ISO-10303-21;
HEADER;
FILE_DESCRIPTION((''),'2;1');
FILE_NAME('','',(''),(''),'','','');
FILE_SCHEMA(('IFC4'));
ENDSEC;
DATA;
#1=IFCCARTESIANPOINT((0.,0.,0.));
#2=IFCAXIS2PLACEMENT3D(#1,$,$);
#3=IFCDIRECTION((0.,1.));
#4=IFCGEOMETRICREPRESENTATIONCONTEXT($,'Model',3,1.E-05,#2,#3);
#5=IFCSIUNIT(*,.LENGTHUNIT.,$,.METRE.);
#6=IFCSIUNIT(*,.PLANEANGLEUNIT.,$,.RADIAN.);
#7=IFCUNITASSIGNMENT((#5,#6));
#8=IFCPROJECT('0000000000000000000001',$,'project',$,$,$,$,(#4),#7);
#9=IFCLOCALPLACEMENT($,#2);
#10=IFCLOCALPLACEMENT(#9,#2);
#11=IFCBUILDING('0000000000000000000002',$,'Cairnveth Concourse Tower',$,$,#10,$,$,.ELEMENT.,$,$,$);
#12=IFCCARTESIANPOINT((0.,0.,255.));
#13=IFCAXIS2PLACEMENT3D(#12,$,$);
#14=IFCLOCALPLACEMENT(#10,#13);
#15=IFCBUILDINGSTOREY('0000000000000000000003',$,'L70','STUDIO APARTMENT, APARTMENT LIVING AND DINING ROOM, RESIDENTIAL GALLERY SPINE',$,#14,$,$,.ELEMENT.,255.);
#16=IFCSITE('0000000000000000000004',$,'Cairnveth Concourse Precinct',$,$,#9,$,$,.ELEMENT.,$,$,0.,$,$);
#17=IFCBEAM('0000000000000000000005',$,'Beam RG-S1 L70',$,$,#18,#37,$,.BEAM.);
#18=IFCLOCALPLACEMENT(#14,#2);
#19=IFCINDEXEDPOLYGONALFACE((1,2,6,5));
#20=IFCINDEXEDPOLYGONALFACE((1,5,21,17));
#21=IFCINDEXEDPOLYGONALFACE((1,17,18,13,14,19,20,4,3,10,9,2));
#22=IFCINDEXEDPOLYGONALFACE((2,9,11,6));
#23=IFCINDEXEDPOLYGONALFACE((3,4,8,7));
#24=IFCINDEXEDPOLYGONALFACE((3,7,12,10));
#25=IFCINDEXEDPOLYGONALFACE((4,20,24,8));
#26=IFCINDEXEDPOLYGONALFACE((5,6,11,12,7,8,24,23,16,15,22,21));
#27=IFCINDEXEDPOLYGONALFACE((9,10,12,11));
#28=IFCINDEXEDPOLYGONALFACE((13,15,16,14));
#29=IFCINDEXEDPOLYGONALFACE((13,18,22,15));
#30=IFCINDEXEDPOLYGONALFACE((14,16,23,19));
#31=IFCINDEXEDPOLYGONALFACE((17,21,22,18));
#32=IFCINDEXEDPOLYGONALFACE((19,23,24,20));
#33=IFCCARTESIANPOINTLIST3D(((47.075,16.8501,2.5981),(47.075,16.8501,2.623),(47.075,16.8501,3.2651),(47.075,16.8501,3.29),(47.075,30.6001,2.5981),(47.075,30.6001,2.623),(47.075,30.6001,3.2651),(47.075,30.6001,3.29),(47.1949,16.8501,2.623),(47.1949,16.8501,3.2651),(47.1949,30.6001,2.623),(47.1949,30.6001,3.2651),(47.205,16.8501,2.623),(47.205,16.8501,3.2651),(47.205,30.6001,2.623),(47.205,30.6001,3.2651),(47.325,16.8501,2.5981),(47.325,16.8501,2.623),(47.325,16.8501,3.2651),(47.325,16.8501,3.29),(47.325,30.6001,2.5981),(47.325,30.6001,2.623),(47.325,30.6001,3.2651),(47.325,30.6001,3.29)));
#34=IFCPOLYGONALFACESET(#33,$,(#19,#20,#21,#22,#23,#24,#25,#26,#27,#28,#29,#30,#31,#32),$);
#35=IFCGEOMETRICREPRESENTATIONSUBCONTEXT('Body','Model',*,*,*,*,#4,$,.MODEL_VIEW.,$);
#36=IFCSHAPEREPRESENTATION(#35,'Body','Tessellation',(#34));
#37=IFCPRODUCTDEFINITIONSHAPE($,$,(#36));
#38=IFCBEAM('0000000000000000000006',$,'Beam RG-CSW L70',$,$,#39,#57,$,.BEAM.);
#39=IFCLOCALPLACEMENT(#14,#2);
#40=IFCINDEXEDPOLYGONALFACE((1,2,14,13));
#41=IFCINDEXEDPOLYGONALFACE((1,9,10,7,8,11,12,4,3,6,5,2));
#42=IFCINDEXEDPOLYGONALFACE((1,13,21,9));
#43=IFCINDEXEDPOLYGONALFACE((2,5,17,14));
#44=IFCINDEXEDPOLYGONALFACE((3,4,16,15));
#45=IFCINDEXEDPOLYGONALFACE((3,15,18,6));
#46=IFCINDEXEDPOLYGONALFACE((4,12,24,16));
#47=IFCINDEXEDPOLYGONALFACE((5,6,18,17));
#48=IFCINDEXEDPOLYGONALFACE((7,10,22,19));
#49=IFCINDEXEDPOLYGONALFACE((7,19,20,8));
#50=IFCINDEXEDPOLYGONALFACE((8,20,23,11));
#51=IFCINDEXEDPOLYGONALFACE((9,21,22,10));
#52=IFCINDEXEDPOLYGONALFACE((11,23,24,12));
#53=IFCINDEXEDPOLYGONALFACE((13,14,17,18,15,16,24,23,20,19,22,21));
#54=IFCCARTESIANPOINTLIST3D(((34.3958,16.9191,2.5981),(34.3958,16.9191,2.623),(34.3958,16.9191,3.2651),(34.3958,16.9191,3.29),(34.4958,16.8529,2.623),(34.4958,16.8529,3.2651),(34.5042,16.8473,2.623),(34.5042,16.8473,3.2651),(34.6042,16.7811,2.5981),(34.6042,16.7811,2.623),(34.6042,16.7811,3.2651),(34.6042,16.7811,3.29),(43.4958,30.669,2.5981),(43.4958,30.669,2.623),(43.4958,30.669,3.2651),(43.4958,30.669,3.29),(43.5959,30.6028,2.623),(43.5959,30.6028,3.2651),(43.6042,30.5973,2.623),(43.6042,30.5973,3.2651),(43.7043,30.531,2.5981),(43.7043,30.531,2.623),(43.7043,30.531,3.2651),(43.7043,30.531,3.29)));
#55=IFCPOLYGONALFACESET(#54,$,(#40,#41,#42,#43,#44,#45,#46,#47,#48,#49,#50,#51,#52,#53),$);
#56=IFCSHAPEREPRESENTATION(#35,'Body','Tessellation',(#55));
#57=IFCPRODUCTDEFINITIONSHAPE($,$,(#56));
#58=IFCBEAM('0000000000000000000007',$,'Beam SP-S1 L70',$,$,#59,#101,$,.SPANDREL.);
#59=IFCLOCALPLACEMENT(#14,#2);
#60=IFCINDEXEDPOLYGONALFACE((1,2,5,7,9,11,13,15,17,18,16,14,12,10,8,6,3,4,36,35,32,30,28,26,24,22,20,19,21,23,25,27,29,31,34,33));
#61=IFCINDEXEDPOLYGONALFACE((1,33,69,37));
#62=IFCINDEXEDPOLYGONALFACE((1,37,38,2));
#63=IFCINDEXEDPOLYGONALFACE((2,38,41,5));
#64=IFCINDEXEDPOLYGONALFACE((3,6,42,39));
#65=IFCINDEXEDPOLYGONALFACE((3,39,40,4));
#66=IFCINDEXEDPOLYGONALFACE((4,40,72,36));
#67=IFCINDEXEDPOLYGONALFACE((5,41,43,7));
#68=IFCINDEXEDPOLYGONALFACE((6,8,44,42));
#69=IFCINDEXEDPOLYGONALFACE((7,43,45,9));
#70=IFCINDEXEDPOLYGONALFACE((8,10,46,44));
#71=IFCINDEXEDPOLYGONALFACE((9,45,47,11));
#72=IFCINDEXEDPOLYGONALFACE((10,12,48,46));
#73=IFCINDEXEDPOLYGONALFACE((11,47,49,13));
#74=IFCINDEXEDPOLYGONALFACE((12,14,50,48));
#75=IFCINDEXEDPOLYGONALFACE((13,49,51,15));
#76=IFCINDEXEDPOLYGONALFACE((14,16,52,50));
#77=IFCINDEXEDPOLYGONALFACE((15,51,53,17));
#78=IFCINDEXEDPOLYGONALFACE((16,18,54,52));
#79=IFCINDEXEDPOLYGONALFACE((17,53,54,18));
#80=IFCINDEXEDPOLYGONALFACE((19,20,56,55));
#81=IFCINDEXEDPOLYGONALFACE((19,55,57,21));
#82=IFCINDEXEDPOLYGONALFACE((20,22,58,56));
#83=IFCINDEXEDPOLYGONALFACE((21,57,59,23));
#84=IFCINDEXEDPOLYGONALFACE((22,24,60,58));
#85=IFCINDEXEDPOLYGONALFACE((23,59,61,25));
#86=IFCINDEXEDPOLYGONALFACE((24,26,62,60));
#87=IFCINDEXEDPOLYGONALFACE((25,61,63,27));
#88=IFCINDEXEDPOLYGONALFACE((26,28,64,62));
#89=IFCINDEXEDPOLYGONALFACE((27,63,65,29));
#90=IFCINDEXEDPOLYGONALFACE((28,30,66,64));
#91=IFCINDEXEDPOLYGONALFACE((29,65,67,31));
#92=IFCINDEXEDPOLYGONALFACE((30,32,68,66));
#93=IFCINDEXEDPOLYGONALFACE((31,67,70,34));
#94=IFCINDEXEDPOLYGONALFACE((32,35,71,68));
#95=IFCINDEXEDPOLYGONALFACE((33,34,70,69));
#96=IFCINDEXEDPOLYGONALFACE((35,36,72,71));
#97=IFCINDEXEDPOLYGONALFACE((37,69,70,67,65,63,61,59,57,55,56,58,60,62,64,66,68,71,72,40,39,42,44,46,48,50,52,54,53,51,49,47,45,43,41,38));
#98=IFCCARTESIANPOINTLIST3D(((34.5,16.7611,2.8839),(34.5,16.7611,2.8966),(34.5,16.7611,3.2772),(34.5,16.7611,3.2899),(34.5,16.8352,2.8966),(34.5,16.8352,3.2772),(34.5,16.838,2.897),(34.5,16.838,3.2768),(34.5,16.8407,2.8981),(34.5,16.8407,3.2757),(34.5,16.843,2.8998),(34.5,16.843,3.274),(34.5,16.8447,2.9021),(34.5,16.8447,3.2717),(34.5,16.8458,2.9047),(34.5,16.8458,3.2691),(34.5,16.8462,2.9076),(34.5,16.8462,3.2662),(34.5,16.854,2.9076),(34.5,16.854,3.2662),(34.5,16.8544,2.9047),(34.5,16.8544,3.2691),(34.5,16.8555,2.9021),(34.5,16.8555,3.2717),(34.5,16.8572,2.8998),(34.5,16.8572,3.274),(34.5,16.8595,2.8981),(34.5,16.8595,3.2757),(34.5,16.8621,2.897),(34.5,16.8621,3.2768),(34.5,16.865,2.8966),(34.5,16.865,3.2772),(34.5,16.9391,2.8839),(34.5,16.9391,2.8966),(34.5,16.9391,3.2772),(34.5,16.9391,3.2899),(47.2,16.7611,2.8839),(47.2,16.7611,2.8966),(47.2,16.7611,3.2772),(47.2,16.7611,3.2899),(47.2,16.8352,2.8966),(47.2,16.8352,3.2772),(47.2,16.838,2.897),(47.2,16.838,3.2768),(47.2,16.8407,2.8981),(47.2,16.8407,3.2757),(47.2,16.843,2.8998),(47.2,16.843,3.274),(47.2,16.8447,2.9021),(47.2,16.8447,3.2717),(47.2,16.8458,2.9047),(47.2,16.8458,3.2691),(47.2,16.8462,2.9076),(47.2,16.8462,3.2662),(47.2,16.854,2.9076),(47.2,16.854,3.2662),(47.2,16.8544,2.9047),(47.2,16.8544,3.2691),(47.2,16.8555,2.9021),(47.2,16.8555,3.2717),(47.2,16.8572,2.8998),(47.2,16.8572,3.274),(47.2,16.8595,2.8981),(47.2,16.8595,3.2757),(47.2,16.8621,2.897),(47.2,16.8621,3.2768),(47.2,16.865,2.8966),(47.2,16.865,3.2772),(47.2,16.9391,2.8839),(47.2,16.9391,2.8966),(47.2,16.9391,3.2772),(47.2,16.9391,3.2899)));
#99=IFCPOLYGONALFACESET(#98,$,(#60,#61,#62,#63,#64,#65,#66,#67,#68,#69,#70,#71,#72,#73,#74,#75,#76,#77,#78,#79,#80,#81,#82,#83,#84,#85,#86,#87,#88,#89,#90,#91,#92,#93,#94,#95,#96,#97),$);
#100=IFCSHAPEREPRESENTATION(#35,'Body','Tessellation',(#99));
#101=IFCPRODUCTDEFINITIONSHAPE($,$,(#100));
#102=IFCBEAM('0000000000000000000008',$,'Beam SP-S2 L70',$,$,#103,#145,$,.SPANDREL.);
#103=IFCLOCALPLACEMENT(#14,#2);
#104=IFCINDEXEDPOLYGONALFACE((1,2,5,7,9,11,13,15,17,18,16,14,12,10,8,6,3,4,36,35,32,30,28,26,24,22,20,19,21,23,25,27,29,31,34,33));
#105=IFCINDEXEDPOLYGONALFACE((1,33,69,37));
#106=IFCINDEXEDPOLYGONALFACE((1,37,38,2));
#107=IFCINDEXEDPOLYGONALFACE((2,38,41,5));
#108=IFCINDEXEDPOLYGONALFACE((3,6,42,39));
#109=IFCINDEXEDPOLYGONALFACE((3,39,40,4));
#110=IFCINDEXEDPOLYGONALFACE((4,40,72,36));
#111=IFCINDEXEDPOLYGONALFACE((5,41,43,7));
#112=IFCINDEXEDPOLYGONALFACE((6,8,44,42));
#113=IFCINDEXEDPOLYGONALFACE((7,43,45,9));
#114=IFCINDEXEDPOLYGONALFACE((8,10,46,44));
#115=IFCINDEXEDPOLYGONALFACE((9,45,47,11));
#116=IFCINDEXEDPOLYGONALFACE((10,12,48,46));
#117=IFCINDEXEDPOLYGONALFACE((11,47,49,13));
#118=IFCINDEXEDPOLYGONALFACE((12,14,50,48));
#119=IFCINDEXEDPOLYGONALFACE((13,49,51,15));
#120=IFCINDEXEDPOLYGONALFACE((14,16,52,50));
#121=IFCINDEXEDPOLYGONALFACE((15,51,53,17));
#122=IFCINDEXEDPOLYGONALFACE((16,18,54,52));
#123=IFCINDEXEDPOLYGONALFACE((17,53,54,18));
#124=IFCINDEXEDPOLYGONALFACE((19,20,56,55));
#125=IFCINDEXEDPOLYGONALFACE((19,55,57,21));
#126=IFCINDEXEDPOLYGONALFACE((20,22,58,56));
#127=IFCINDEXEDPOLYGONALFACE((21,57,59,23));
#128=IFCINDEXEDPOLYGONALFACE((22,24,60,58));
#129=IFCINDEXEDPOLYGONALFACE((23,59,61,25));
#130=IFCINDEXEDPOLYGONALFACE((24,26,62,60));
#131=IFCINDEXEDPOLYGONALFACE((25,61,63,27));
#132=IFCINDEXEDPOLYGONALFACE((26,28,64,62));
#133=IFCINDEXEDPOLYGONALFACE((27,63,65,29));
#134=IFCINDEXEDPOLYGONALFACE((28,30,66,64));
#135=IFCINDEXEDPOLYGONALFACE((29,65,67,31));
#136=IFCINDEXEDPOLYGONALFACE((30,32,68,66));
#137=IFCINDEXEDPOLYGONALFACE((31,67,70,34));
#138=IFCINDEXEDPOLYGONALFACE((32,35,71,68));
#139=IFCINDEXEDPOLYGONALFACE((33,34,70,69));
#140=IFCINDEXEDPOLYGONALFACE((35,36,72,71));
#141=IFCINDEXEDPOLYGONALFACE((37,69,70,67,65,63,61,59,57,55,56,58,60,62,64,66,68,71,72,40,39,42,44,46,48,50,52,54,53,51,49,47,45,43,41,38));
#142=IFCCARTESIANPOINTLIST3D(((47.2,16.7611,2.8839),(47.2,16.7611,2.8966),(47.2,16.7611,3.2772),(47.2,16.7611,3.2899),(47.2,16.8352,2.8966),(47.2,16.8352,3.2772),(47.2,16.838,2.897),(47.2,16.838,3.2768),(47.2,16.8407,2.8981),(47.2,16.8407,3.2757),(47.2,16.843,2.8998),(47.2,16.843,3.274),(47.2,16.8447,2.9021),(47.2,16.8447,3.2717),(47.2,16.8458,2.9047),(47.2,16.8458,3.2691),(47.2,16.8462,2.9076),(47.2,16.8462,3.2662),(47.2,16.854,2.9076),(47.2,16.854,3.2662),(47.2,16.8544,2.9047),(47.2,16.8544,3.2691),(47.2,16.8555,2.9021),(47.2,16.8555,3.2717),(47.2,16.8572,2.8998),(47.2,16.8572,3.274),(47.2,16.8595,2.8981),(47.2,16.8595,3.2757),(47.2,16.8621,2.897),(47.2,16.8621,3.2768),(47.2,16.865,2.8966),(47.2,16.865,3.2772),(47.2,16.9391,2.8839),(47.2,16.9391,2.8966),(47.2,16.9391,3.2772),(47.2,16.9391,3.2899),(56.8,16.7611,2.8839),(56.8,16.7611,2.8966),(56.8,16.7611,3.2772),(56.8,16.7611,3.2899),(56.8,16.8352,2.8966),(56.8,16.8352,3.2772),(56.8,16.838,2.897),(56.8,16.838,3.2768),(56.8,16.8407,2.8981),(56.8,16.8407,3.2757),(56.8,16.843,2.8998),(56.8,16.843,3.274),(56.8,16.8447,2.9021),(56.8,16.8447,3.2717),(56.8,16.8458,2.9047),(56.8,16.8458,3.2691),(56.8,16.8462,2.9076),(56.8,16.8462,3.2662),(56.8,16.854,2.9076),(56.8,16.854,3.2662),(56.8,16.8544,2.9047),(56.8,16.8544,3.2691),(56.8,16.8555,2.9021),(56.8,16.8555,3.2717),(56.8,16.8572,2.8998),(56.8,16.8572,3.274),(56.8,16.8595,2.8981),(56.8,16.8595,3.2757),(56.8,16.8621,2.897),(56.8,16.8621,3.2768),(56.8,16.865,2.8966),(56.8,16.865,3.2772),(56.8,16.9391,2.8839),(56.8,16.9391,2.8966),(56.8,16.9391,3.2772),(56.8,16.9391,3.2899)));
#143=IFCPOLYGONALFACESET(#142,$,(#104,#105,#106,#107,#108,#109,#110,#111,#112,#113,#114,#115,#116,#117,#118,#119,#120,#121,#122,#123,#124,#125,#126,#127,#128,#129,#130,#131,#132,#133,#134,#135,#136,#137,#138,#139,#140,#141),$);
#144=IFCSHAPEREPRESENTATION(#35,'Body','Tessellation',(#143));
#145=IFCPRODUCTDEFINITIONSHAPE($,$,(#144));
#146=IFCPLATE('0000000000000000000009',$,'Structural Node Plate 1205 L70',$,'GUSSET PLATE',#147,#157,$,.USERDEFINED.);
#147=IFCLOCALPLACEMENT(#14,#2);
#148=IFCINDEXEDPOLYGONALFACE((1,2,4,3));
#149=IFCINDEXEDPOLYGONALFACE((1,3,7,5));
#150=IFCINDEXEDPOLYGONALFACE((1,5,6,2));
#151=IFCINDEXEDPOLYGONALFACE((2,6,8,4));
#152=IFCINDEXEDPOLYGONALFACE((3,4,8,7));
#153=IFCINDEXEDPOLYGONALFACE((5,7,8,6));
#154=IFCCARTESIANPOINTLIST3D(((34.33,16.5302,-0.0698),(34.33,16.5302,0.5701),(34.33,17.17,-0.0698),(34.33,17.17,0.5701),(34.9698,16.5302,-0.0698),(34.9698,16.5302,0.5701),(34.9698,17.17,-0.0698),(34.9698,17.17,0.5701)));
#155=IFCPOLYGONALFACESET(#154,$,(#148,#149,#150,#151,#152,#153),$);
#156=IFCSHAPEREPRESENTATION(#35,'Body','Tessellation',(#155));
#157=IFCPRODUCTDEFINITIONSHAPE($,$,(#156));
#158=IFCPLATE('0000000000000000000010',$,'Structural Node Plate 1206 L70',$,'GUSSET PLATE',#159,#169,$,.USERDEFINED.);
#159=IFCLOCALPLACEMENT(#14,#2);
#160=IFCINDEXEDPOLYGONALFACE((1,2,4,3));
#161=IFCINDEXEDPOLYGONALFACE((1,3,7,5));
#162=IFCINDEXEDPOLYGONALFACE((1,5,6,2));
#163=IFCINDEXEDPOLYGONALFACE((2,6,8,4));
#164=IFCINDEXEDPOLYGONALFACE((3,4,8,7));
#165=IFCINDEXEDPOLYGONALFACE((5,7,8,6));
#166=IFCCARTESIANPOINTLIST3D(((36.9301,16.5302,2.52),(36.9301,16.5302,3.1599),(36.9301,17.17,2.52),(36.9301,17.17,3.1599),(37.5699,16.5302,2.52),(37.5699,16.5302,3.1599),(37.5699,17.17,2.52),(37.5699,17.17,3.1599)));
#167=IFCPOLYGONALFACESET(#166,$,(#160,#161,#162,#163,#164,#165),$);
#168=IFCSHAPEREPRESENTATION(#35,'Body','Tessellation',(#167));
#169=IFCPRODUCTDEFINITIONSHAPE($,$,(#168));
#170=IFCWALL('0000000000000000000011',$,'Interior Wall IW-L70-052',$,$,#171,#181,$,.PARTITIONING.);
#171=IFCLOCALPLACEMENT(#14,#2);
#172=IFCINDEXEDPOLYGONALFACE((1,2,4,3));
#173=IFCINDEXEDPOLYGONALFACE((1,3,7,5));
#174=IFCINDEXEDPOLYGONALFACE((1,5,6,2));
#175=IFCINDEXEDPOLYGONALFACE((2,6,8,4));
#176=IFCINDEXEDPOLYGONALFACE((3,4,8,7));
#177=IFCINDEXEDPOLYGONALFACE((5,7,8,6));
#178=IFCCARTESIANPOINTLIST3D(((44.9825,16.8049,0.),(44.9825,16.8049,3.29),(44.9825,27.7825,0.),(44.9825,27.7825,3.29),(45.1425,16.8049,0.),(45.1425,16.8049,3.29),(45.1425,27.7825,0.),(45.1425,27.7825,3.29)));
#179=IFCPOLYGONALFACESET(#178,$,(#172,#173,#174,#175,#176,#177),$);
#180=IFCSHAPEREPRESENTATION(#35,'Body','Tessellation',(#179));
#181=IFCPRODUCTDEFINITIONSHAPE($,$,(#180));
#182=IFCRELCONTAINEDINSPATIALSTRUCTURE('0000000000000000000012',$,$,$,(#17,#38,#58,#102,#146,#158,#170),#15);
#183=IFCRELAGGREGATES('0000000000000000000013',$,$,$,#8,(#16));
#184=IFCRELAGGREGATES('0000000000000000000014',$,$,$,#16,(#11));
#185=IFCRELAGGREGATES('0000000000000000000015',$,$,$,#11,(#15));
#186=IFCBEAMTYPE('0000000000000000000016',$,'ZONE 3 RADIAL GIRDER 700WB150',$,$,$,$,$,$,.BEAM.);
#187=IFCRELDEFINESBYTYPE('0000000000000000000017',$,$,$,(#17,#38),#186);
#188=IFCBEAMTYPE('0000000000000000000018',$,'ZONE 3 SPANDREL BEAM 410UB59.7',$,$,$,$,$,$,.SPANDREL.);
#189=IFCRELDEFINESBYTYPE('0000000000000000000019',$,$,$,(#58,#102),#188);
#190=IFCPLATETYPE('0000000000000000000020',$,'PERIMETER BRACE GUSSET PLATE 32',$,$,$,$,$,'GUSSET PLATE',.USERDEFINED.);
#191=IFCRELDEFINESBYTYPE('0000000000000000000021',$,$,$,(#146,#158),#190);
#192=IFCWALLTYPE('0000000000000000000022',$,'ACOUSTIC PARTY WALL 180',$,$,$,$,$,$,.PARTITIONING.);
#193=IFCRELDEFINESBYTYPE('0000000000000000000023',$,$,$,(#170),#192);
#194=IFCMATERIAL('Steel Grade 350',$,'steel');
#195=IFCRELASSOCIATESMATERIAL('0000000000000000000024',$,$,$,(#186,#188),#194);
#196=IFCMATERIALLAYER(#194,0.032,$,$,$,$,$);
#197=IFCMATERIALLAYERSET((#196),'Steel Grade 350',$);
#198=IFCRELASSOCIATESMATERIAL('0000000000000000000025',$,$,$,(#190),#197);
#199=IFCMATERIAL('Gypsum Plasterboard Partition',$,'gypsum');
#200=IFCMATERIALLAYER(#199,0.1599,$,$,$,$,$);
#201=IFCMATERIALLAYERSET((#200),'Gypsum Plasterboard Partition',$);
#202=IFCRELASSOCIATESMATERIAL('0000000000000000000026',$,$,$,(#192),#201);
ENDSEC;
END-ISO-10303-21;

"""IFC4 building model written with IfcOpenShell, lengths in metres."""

from ifc_helpers import new_model, si_unit, direction, frame, frame_2d, origin, origin_2d, place, context, subcontext, project, spatial, rectangle, i_section, extrude, material, layer, layer_set, material_profile, profile_set, type_object, element, save


model = new_model("IFC4")

# Units and contexts
model_context = context("Model", 3, precision=1e-05, world=origin(), true_north=direction((0.0, 1.0)))
body_context = subcontext(model_context, "Body", "Model", "MODEL_VIEW")
ifc_project = project(units=[si_unit("LENGTHUNIT", "METRE"), si_unit("PLANEANGLEUNIT", "RADIAN")], contexts=[model_context])

# Site, building, storey
site_placement = place(None, origin())
site = spatial("IfcSite", under=ifc_project, at=site_placement, Name="Cairnveth Concourse Precinct", CompositionType="ELEMENT", RefElevation=0.0)
building_placement = place(site_placement, origin())
building = spatial("IfcBuilding", under=site, at=building_placement, Name="Cairnveth Concourse Tower", CompositionType="ELEMENT")
storey_placement = place(building_placement, frame((0.0, 0.0, 255.0)))
storey = spatial("IfcBuildingStorey", under=building, at=storey_placement, Name="L70", Description="STUDIO APARTMENT, APARTMENT LIVING AND DINING ROOM, RESIDENTIAL GALLERY SPINE", CompositionType="ELEMENT", Elevation=255.0)

# Shared definitions
ifc_material_1 = material(Name="Steel Grade 350", Category="steel")

# Beams
ifc_material_profile_1 = material_profile(ifc_material_1, i_section(OverallWidth=0.25, OverallDepth=0.6919, WebThickness=0.01, FlangeThickness=0.0249, at=origin_2d()), Name="700WB150")
ifc_profile_set_1 = profile_set([ifc_material_profile_1], Name="Steel Grade 350")
beam_type_1 = type_object("IfcBeamType", Name="ZONE 3 RADIAL GIRDER 700WB150", PredefinedType="BEAM", material=ifc_profile_set_1)
beam_1_placement = place(storey_placement, frame((47.2, 16.8501, 2.9441), z_axis=(0.0, 1.0, 0.0), x_axis=(-1.0, 0.0, 0.0)))
element("IfcBeam", 1, at=beam_1_placement, inside=storey, type_object=beam_type_1, Name="Beam RG-S1 L70", PredefinedType="BEAM", context=body_context, shape_type="SweptSolid", body=[
    extrude(i_section(OverallWidth=0.25, OverallDepth=0.6919, WebThickness=0.01, FlangeThickness=0.0249, at=origin_2d()), origin(), (0.0, 0.0, 1.0), 13.75),
])
beam_2_placement = place(storey_placement, frame((34.5, 16.8501, 2.9441), z_axis=(0.551902, 0.833909, 0.0), x_axis=(-0.833909, 0.551902, 0.0)))
element("IfcBeam", 2, at=beam_2_placement, inside=storey, type_object=beam_type_1, Name="Beam RG-CSW L70", PredefinedType="BEAM", context=body_context, shape_type="SweptSolid", body=[
    extrude(i_section(OverallWidth=0.25, OverallDepth=0.6919, WebThickness=0.01, FlangeThickness=0.0249, at=origin_2d()), origin(), (0.0, 0.0, 1.0), 16.4885),
])
ifc_material_profile_2 = material_profile(ifc_material_1, i_section(OverallWidth=0.178, OverallDepth=0.406, WebThickness=0.0078, FlangeThickness=0.0127, FilletRadius=0.011, at=origin_2d()), Name="410UB59.7")
ifc_profile_set_2 = profile_set([ifc_material_profile_2], Name="Steel Grade 350")
beam_type_2 = type_object("IfcBeamType", Name="ZONE 3 SPANDREL BEAM 410UB59.7", PredefinedType="SPANDREL", material=ifc_profile_set_2)
beam_3_placement = place(storey_placement, frame((34.5, 16.8501, 3.0869), z_axis=(1.0, 0.0, 0.0), x_axis=(0.0, 1.0, 0.0)))
element("IfcBeam", 3, at=beam_3_placement, inside=storey, type_object=beam_type_2, Name="Beam SP-S1 L70", PredefinedType="SPANDREL", context=body_context, shape_type="SweptSolid", body=[
    extrude(i_section(OverallWidth=0.178, OverallDepth=0.406, WebThickness=0.0078, FlangeThickness=0.0127, FilletRadius=0.011, at=origin_2d()), origin(), (0.0, 0.0, 1.0), 12.7),
])
beam_4_placement = place(storey_placement, frame((47.2, 16.8501, 3.0869), z_axis=(1.0, 0.0, 0.0), x_axis=(0.0, 1.0, 0.0)))
element("IfcBeam", 4, at=beam_4_placement, inside=storey, type_object=beam_type_2, Name="Beam SP-S2 L70", PredefinedType="SPANDREL", context=body_context, shape_type="SweptSolid", body=[
    extrude(i_section(OverallWidth=0.178, OverallDepth=0.406, WebThickness=0.0078, FlangeThickness=0.0127, FilletRadius=0.011, at=origin_2d()), origin(), (0.0, 0.0, 1.0), 9.6001),
])

# Plates
ifc_layer_1 = layer(ifc_material_1, 0.032)
ifc_layer_set_1 = layer_set([ifc_layer_1], Name="Steel Grade 350")
plate_type = type_object("IfcPlateType", Name="PERIMETER BRACE GUSSET PLATE 32", ElementType="GUSSET PLATE", PredefinedType="USERDEFINED", material=ifc_layer_set_1)
for number, where, z_axis, x_axis, name in (
    (5, (34.6499, 16.8501, -0.0698), (0.0, 0.0, 1.0), (1.0, 0.0, 0.0), "Structural Node Plate 1205 L70"),
    (6, (37.25, 16.8501, 2.52), (0.0, 0.0, 1.0), (1.0, 0.0, 0.0), "Structural Node Plate 1206 L70"),
):
    element("IfcPlate", number, at=place(storey_placement, frame(where, z_axis=z_axis, x_axis=x_axis)), inside=storey, type_object=plate_type, Name=name, ObjectType="GUSSET PLATE", PredefinedType="USERDEFINED", context=body_context, shape_type="SweptSolid", body=[
        extrude(rectangle(XDim=0.6399, YDim=0.6399, at=origin_2d()), origin(), (0.0, 0.0, 1.0), 0.6399),
    ])

# Wall
ifc_material_2 = material(Name="Gypsum Plasterboard Partition", Category="gypsum")
ifc_layer_2 = layer(ifc_material_2, 0.1599)
ifc_layer_set_2 = layer_set([ifc_layer_2], Name="Gypsum Plasterboard Partition")
wall_type_1 = type_object("IfcWallType", Name="ACOUSTIC PARTY WALL 180", PredefinedType="PARTITIONING", material=ifc_layer_set_2)
wall_1_placement = place(storey_placement, frame((45.0625, 16.8049, 0.0), z_axis=(0.0, 0.0, 1.0), x_axis=(0.0, 1.0, 0.0)))
element("IfcWall", 7, at=wall_1_placement, inside=storey, type_object=wall_type_1, Name="Interior Wall IW-L70-052", PredefinedType="PARTITIONING", context=body_context, shape_type="SweptSolid", body=[
    extrude(rectangle(XDim=10.9775, YDim=0.1599, at=frame_2d((5.4888, 0.0))), origin(), (0.0, 0.0, 1.0), 3.29),
])

save(model, "model.ifc")
